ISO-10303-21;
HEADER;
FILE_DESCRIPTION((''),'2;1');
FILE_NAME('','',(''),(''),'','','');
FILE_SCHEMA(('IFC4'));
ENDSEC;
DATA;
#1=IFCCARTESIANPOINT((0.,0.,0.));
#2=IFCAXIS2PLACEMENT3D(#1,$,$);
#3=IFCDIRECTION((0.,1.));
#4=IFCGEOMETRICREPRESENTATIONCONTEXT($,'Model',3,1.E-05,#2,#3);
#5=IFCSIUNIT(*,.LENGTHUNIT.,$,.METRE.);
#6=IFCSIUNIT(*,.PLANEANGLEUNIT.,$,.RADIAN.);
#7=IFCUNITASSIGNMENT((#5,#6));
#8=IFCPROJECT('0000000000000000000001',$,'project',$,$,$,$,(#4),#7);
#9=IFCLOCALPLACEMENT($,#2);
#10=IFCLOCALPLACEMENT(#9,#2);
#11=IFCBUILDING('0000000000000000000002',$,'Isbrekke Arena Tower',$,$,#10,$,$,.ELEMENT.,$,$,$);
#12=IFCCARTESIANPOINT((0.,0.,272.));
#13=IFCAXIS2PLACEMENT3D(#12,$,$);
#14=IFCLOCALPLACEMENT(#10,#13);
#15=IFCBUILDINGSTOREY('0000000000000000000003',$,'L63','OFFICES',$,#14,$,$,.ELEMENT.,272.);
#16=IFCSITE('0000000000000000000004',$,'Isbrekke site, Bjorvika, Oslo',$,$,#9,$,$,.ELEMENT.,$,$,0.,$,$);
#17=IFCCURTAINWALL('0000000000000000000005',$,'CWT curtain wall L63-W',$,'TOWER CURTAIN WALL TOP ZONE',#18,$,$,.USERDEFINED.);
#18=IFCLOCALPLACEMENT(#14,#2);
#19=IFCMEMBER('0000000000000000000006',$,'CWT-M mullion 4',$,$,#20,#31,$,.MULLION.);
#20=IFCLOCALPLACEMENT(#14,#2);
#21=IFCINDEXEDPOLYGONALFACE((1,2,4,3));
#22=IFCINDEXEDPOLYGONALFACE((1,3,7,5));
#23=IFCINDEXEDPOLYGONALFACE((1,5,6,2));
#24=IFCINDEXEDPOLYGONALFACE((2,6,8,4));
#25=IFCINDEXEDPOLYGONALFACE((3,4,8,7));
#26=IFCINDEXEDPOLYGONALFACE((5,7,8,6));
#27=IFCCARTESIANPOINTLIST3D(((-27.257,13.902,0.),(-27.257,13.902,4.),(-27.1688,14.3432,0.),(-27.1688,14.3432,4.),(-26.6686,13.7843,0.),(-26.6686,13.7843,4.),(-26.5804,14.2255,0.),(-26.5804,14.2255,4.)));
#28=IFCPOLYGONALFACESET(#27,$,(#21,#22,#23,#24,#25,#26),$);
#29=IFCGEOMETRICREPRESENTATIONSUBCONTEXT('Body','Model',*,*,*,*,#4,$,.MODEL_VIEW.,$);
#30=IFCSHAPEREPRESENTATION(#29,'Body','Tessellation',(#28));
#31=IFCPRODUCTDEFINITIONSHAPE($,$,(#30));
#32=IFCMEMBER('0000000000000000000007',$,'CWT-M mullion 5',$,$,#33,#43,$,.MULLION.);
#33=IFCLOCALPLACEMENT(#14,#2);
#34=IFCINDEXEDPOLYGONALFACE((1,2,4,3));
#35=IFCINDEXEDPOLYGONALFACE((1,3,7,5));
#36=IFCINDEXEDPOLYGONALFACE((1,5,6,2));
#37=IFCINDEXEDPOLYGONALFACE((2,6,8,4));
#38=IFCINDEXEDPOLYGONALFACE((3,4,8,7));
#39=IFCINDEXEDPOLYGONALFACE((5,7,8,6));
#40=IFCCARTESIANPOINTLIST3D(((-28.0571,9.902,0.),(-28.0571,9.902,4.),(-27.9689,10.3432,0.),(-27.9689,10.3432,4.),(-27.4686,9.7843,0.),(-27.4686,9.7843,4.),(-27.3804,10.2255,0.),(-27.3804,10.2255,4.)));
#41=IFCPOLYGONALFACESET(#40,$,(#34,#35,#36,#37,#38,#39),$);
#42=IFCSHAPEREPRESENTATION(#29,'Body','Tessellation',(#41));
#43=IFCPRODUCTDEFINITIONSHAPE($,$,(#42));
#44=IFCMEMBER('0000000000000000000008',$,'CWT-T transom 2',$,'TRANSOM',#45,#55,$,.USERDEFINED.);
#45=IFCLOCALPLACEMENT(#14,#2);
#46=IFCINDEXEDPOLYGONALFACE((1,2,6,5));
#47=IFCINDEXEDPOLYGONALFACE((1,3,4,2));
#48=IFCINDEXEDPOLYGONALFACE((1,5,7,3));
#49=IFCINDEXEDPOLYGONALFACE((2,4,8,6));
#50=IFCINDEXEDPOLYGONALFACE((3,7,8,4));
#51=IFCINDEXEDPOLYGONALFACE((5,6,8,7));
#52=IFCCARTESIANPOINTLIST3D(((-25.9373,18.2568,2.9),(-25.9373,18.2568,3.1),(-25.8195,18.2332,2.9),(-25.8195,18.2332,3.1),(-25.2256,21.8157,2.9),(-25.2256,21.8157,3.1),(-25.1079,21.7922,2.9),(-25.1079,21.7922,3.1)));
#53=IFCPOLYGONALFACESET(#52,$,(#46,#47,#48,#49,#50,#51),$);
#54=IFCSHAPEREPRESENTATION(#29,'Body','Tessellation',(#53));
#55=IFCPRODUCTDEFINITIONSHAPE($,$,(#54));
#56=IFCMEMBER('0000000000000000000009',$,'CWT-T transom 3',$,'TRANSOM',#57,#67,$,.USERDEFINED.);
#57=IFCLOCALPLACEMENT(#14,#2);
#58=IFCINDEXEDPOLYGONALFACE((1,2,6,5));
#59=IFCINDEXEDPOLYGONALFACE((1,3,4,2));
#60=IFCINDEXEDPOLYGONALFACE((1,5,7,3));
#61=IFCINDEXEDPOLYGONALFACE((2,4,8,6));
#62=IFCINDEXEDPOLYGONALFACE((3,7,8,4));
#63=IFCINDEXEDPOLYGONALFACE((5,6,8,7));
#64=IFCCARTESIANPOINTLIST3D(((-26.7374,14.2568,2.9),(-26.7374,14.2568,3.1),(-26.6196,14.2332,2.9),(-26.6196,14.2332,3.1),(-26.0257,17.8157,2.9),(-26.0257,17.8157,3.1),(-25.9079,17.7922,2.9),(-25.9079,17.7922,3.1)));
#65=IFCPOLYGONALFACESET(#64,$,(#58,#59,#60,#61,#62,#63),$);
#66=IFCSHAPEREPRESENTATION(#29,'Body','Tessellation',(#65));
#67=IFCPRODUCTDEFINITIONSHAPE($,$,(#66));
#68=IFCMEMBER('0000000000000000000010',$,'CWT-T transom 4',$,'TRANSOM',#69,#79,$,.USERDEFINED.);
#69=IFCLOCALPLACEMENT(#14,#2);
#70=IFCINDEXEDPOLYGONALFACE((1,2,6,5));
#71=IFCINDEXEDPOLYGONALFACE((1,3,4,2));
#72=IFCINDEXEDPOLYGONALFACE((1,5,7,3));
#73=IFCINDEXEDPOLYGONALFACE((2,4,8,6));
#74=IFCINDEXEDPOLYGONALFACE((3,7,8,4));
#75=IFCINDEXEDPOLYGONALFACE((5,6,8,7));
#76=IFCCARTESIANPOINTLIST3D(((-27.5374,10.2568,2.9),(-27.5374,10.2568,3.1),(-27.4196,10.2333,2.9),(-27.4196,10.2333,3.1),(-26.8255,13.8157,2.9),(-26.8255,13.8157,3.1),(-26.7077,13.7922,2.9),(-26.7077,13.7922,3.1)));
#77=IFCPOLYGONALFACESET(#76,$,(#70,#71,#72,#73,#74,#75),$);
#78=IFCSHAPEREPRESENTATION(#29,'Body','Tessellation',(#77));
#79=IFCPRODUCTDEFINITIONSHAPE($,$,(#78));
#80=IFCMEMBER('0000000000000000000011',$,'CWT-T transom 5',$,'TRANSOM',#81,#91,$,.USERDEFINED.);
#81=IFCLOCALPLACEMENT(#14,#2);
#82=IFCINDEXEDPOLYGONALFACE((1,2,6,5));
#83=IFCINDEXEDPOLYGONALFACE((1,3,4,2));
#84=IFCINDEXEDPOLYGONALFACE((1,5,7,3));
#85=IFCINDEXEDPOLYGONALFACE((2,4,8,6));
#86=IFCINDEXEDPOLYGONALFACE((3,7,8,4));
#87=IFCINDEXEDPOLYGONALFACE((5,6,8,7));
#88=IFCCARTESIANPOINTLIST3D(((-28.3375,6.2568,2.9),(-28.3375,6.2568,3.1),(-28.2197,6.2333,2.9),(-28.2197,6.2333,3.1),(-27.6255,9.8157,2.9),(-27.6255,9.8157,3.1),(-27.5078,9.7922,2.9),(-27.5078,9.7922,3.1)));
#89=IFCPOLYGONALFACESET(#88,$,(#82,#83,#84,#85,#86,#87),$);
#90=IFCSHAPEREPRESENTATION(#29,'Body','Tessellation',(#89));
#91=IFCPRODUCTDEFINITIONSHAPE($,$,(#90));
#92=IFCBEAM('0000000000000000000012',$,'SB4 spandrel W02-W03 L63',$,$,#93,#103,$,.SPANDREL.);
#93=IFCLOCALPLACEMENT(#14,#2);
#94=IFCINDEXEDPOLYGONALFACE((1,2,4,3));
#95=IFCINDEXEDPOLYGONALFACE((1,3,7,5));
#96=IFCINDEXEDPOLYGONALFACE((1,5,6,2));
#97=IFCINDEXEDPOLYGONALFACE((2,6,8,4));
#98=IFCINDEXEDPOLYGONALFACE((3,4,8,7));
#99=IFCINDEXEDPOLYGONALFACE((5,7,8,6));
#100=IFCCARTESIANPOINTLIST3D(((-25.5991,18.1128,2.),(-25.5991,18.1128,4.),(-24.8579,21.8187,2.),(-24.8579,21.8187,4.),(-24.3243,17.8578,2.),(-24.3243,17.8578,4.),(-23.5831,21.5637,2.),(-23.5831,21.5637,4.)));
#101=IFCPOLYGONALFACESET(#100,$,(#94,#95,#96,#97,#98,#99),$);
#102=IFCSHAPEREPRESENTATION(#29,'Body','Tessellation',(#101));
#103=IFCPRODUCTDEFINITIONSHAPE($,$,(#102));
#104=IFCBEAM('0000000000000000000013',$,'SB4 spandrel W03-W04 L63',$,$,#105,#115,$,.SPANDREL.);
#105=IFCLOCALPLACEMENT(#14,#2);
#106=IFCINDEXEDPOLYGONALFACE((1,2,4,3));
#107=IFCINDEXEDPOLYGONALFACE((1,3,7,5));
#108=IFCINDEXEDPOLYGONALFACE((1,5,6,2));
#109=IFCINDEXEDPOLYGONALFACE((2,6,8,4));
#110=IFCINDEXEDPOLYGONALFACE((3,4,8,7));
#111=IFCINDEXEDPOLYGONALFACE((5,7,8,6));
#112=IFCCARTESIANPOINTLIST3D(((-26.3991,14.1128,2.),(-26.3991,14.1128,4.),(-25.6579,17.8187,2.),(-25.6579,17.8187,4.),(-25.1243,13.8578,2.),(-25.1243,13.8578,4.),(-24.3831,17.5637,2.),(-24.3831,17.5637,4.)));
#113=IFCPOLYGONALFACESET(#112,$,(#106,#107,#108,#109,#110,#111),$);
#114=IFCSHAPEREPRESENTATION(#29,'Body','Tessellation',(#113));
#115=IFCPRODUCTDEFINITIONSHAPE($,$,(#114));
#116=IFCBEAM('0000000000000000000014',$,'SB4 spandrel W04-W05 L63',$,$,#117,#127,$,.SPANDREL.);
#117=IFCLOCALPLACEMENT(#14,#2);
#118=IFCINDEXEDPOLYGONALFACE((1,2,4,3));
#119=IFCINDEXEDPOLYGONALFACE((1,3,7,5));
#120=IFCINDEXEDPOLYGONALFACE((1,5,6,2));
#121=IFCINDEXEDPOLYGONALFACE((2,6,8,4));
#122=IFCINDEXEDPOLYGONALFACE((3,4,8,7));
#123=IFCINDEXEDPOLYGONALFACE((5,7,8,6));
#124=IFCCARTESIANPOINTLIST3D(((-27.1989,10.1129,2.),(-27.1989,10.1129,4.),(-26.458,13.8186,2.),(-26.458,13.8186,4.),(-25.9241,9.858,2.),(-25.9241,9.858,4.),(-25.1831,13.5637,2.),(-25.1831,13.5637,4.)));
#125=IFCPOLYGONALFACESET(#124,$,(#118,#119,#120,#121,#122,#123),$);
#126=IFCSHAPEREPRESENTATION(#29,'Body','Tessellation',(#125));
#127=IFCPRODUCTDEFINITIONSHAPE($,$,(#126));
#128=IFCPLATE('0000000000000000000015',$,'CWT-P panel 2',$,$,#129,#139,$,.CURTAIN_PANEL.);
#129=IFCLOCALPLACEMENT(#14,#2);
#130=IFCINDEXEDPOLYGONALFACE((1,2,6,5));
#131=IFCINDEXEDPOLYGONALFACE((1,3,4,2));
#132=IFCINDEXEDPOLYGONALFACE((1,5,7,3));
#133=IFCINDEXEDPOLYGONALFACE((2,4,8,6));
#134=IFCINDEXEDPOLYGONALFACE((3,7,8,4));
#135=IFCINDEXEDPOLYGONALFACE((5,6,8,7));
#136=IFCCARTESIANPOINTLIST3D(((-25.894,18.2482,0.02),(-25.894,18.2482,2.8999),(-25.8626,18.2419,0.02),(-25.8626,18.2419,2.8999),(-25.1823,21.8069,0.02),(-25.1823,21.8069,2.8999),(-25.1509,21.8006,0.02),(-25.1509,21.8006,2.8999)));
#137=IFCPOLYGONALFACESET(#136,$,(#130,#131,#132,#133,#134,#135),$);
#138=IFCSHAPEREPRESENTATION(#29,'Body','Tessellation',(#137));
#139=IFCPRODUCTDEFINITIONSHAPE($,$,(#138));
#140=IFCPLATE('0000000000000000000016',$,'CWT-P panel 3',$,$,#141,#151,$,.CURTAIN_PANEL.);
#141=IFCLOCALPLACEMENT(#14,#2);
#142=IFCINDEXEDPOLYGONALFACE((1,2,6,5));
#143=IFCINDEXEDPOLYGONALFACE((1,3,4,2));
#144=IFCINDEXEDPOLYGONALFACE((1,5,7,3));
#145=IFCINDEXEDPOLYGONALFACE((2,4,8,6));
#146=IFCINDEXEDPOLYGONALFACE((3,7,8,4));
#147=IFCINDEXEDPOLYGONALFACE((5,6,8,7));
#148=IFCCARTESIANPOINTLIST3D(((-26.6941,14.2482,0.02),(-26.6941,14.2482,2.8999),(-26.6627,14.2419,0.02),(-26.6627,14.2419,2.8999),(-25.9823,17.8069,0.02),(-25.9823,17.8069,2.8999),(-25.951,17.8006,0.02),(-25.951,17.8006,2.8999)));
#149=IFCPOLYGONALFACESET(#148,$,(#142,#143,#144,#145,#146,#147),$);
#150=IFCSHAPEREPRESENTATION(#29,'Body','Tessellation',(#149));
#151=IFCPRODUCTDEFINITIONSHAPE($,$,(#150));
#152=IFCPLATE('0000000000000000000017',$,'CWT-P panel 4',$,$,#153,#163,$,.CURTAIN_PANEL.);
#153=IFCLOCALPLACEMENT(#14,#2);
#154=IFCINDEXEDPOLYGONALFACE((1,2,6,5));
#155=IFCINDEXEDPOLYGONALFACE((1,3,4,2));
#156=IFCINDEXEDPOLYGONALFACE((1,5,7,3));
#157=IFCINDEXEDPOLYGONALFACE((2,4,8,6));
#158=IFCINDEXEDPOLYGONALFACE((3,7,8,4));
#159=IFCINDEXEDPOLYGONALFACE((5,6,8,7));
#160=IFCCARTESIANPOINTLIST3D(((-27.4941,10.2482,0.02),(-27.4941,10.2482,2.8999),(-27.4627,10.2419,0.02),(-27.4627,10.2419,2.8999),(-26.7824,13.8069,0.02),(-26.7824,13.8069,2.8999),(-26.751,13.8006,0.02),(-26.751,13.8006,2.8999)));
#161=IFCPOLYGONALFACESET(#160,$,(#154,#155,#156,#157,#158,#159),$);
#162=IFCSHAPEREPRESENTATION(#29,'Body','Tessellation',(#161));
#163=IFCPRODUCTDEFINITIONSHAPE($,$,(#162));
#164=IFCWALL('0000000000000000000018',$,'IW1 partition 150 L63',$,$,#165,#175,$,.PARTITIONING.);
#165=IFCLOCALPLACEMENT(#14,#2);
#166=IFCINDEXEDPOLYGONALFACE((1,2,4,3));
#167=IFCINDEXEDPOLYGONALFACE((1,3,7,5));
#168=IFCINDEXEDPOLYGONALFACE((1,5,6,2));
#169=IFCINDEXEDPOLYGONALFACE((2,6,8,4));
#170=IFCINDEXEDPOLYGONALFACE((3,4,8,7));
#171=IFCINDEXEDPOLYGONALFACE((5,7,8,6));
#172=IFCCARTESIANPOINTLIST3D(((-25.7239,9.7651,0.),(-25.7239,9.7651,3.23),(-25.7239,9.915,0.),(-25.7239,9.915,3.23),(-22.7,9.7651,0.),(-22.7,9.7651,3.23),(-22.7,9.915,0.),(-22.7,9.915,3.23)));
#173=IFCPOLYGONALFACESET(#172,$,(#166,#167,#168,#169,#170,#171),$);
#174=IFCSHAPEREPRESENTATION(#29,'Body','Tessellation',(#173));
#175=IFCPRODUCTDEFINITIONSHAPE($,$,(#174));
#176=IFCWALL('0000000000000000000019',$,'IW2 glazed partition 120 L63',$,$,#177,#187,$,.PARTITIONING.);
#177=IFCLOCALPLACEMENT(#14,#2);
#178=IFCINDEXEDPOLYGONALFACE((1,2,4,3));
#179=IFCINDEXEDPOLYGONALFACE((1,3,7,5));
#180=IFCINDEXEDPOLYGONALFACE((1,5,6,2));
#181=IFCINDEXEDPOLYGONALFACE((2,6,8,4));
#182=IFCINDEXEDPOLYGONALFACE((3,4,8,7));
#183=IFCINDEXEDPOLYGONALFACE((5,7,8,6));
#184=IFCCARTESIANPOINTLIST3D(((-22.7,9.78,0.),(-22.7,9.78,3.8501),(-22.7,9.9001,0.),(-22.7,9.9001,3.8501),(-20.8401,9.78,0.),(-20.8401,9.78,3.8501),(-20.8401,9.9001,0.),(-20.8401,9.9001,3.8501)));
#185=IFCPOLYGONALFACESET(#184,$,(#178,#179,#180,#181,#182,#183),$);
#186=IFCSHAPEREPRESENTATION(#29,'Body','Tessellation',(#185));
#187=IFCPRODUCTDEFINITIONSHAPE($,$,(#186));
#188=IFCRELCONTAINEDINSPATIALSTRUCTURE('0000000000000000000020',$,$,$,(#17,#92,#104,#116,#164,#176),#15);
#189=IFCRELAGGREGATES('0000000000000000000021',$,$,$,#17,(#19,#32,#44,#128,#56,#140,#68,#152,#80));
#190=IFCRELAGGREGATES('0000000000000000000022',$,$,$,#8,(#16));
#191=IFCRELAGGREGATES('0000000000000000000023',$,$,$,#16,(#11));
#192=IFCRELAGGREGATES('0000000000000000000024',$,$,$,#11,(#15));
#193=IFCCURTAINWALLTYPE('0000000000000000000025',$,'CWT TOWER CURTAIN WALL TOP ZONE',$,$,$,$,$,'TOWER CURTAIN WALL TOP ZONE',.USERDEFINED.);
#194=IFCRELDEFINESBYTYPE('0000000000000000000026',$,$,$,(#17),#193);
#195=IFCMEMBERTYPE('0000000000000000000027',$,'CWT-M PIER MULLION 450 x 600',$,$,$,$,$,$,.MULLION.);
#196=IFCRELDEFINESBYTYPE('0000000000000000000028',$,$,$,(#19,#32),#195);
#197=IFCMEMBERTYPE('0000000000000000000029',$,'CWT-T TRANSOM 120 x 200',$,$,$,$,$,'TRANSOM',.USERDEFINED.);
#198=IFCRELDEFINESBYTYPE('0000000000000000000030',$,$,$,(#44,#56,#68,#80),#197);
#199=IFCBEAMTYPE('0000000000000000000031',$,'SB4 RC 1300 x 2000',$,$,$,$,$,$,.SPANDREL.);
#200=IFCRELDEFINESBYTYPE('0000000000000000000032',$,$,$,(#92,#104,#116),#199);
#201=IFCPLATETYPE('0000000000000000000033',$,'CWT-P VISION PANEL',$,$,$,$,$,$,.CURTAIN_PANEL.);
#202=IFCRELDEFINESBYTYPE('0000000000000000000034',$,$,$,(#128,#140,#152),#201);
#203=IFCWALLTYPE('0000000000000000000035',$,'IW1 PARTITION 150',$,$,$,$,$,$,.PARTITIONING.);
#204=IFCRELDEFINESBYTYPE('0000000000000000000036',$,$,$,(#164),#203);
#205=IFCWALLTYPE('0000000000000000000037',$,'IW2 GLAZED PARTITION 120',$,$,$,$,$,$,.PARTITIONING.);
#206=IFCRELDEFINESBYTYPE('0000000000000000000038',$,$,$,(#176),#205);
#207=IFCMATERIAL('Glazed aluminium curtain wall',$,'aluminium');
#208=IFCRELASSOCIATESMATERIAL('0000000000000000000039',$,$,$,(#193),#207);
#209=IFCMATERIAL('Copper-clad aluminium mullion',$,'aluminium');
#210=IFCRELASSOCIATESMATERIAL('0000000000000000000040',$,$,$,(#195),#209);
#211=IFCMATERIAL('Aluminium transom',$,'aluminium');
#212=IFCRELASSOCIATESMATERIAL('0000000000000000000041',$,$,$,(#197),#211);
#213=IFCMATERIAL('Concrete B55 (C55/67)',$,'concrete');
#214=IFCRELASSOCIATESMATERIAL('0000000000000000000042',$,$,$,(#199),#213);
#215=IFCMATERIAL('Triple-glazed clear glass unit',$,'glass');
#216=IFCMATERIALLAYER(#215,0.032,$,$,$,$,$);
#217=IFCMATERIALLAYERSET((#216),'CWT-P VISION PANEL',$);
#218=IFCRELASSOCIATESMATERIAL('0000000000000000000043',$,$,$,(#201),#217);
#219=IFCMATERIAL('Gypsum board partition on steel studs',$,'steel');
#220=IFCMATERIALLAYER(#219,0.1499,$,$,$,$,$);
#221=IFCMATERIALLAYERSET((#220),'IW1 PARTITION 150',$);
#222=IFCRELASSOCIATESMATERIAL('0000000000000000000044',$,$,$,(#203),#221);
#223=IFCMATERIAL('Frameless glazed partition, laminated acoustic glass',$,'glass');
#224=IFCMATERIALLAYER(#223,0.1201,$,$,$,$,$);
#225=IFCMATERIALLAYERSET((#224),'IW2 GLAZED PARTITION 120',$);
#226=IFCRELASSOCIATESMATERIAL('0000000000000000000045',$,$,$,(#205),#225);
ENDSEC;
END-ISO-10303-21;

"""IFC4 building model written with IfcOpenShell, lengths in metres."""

from ifc_helpers import new_model, si_unit, direction, frame, frame_2d, origin, origin_2d, place, context, subcontext, project, spatial, rectangle, extrude, material, layer, layer_set, material_profile, profile_set, type_object, element, aggregate, save


model = new_model("IFC4")

# Units and contexts
model_context = context("Model", 3, precision=1e-05, world=origin(), true_north=direction((0.0, 1.0)))
body_context = subcontext(model_context, "Body", "Model", "MODEL_VIEW")
ifc_project = project(units=[si_unit("LENGTHUNIT", "METRE"), si_unit("PLANEANGLEUNIT", "RADIAN")], contexts=[model_context])

# Site, building, storey
site_placement = place(None, origin())
site = spatial("IfcSite", under=ifc_project, at=site_placement, Name="Isbrekke site, Bjorvika, Oslo", CompositionType="ELEMENT", RefElevation=0.0)
building_placement = place(site_placement, origin())
building = spatial("IfcBuilding", under=site, at=building_placement, Name="Isbrekke Arena Tower", CompositionType="ELEMENT")
storey_placement = place(building_placement, frame((0.0, 0.0, 272.0)))
storey = spatial("IfcBuildingStorey", under=building, at=storey_placement, Name="L63", Description="OFFICES", CompositionType="ELEMENT", Elevation=272.0)

# Curtain wall, members
ifc_material_1 = material(Name="Glazed aluminium curtain wall", Category="aluminium")
curtain_wall_type = type_object("IfcCurtainWallType", Name="CWT TOWER CURTAIN WALL TOP ZONE", ElementType="TOWER CURTAIN WALL TOP ZONE", PredefinedType="USERDEFINED", material=ifc_material_1)
curtain_wall_placement = place(storey_placement, origin())
curtain_wall = element("IfcCurtainWall", 1, at=curtain_wall_placement, inside=storey, type_object=curtain_wall_type, Name="CWT curtain wall L63-W", ObjectType="TOWER CURTAIN WALL TOP ZONE", PredefinedType="USERDEFINED")
ifc_material_2 = material(Name="Copper-clad aluminium mullion", Category="aluminium")
ifc_material_profile_1 = material_profile(ifc_material_2, rectangle(XDim=0.45, YDim=0.6001, at=origin_2d()), Name="PIER 450X600")
ifc_profile_set_1 = profile_set([ifc_material_profile_1], Name="Copper-clad aluminium mullion")
member_type_1 = type_object("IfcMemberType", Name="CWT-M PIER MULLION 450 x 600", PredefinedType="MULLION", material=ifc_profile_set_1)
member_1_placement = place(storey_placement, frame((-26.9187, 14.0637, 0.0), z_axis=(0.0, 0.0, 1.0), x_axis=(-0.196116, -0.980581, 0.0)))
member_1 = element("IfcMember", 2, at=member_1_placement, type_object=member_type_1, Name="CWT-M mullion 4", PredefinedType="MULLION", context=body_context, shape_type="SweptSolid", body=[
    extrude(rectangle(XDim=0.45, YDim=0.6001, at=origin_2d()), origin(), (0.0, 0.0, 1.0), 4.0),
])
member_2_placement = place(storey_placement, frame((-27.7188, 10.0637, 0.0), z_axis=(0.0, 0.0, 1.0), x_axis=(-0.196116, -0.980581, 0.0)))
member_2 = element("IfcMember", 3, at=member_2_placement, type_object=member_type_1, Name="CWT-M mullion 5", PredefinedType="MULLION", context=body_context, shape_type="SweptSolid", body=[
    extrude(rectangle(XDim=0.45, YDim=0.6001, at=origin_2d()), origin(), (0.0, 0.0, 1.0), 4.0),
])
ifc_material_3 = material(Name="Aluminium transom", Category="aluminium")
ifc_material_profile_2 = material_profile(ifc_material_3, rectangle(XDim=0.1201, YDim=0.2, at=origin_2d()), Name="TRANSOM 120X200")
ifc_profile_set_2 = profile_set([ifc_material_profile_2], Name="Aluminium transom")
member_type_2 = type_object("IfcMemberType", Name="CWT-T TRANSOM 120 x 200", ElementType="TRANSOM", PredefinedType="USERDEFINED", material=ifc_profile_set_2)
member_3_placement = place(storey_placement, frame((-25.1667, 21.804, 3.0), z_axis=(-0.19609, -0.980586, 0.0), x_axis=(0.980586, -0.19609, 0.0)))
member_3 = element("IfcMember", 4, at=member_3_placement, type_object=member_type_2, Name="CWT-T transom 2", ObjectType="TRANSOM", PredefinedType="USERDEFINED", context=body_context, shape_type="SweptSolid", body=[
    extrude(rectangle(XDim=0.1201, YDim=0.2, at=origin_2d()), origin(), (0.0, 0.0, 1.0), 3.6294),
])
member_4_placement = place(storey_placement, frame((-25.9668, 17.804, 3.0), z_axis=(-0.19609, -0.980586, 0.0), x_axis=(0.980586, -0.19609, 0.0)))
member_4 = element("IfcMember", 5, at=member_4_placement, type_object=member_type_2, Name="CWT-T transom 3", ObjectType="TRANSOM", PredefinedType="USERDEFINED", context=body_context, shape_type="SweptSolid", body=[
    extrude(rectangle(XDim=0.1201, YDim=0.2, at=origin_2d()), origin(), (0.0, 0.0, 1.0), 3.6294),
])
member_5_placement = place(storey_placement, frame((-26.7666, 13.804, 3.0), z_axis=(-0.196155, -0.980573, 0.0), x_axis=(0.980573, -0.196155, 0.0)))
member_5 = element("IfcMember", 6, at=member_5_placement, type_object=member_type_2, Name="CWT-T transom 4", ObjectType="TRANSOM", PredefinedType="USERDEFINED", context=body_context, shape_type="SweptSolid", body=[
    extrude(rectangle(XDim=0.1201, YDim=0.2, at=origin_2d()), origin(), (0.0, 0.0, 1.0), 3.6294),
])
member_6_placement = place(storey_placement, frame((-27.5667, 9.804, 3.0), z_axis=(-0.196155, -0.980573, 0.0), x_axis=(0.980573, -0.196155, 0.0)))
member_6 = element("IfcMember", 7, at=member_6_placement, type_object=member_type_2, Name="CWT-T transom 5", ObjectType="TRANSOM", PredefinedType="USERDEFINED", context=body_context, shape_type="SweptSolid", body=[
    extrude(rectangle(XDim=0.1201, YDim=0.2, at=origin_2d()), origin(), (0.0, 0.0, 1.0), 3.6294),
])

# Beams
ifc_material_4 = material(Name="Concrete B55 (C55/67)", Category="concrete")
ifc_material_profile_3 = material_profile(ifc_material_4, rectangle(XDim=1.3, YDim=2.0, at=origin_2d()), Name="RC 1300x2000")
ifc_profile_set_3 = profile_set([ifc_material_profile_3], Name="Concrete B55 (C55/67)")
beam_type_1 = type_object("IfcBeamType", Name="SB4 RC 1300 x 2000", PredefinedType="SPANDREL", material=ifc_profile_set_3)
for number, where, z_axis, x_axis, name in (
    (8, (-24.2205, 21.6912, 3.0), (-0.196129, -0.980578, 0.0), (0.980578, -0.196129, 0.0), "SB4 spandrel W02-W03 L63"),
    (9, (-25.0205, 17.6912, 3.0), (-0.196129, -0.980578, 0.0), (0.980578, -0.196129, 0.0), "SB4 spandrel W03-W04 L63"),
):
    element("IfcBeam", number, at=place(storey_placement, frame(where, z_axis=z_axis, x_axis=x_axis)), inside=storey, type_object=beam_type_1, Name=name, PredefinedType="SPANDREL", context=body_context, shape_type="SweptSolid", body=[
        extrude(rectangle(XDim=1.3, YDim=2.0, at=origin_2d()), origin(), (0.0, 0.0, 1.0), 3.7793),
    ])
beam_1_placement = place(storey_placement, frame((-25.8206, 13.6912, 3.0), z_axis=(-0.196066, -0.980591, 0.0), x_axis=(0.980591, -0.196066, 0.0)))
element("IfcBeam", 10, at=beam_1_placement, inside=storey, type_object=beam_type_1, Name="SB4 spandrel W04-W05 L63", PredefinedType="SPANDREL", context=body_context, shape_type="SweptSolid", body=[
    extrude(rectangle(XDim=1.3, YDim=2.0, at=origin_2d()), origin(), (0.0, 0.0, 1.0), 3.7791),
])

# Plates
ifc_material_5 = material(Name="Triple-glazed clear glass unit", Category="glass")
ifc_layer_1 = layer(ifc_material_5, 0.032)
ifc_layer_set_1 = layer_set([ifc_layer_1], Name="CWT-P VISION PANEL")
plate_type = type_object("IfcPlateType", Name="CWT-P VISION PANEL", PredefinedType="CURTAIN_PANEL", material=ifc_layer_set_1)
plate_1_placement = place(storey_placement, frame((-25.5225, 20.0244, 0.02), z_axis=(0.0, 0.0, 1.0), x_axis=(-0.196116, -0.980581, 0.0)))
plate_1 = element("IfcPlate", 11, at=plate_1_placement, type_object=plate_type, Name="CWT-P panel 2", PredefinedType="CURTAIN_PANEL", context=body_context, shape_type="SweptSolid", body=[
    extrude(rectangle(XDim=3.6292, YDim=0.032, at=origin_2d()), origin(), (0.0, 0.0, 1.0), 2.8799),
])
plate_2_placement = place(storey_placement, frame((-26.3225, 16.0244, 0.02), z_axis=(0.0, 0.0, 1.0), x_axis=(-0.196116, -0.980581, 0.0)))
plate_2 = element("IfcPlate", 12, at=plate_2_placement, type_object=plate_type, Name="CWT-P panel 3", PredefinedType="CURTAIN_PANEL", context=body_context, shape_type="SweptSolid", body=[
    extrude(rectangle(XDim=3.6292, YDim=0.032, at=origin_2d()), origin(), (0.0, 0.0, 1.0), 2.8799),
])
plate_3_placement = place(storey_placement, frame((-27.1226, 12.0244, 0.02), z_axis=(0.0, 0.0, 1.0), x_axis=(-0.196116, -0.980581, 0.0)))
plate_3 = element("IfcPlate", 13, at=plate_3_placement, type_object=plate_type, Name="CWT-P panel 4", PredefinedType="CURTAIN_PANEL", context=body_context, shape_type="SweptSolid", body=[
    extrude(rectangle(XDim=3.6292, YDim=0.032, at=origin_2d()), origin(), (0.0, 0.0, 1.0), 2.8799),
])
aggregate(curtain_wall, [member_1, member_2, member_3, plate_1, member_4, plate_2, member_5, plate_3, member_6])

# Walls
ifc_material_6 = material(Name="Gypsum board partition on steel studs", Category="steel")
ifc_layer_2 = layer(ifc_material_6, 0.1499)
ifc_layer_set_2 = layer_set([ifc_layer_2], Name="IW1 PARTITION 150")
wall_type_1 = type_object("IfcWallType", Name="IW1 PARTITION 150", PredefinedType="PARTITIONING", material=ifc_layer_set_2)
wall_1_placement = place(storey_placement, frame((-25.7239, 9.8401, 0.0), z_axis=(0.0, 0.0, 1.0), x_axis=(1.0, 0.0, 0.0)))
element("IfcWall", 14, at=wall_1_placement, inside=storey, type_object=wall_type_1, Name="IW1 partition 150 L63", PredefinedType="PARTITIONING", context=body_context, shape_type="SweptSolid", body=[
    extrude(rectangle(XDim=3.0239, YDim=0.1499, at=frame_2d((1.512, 0.0))), origin(), (0.0, 0.0, 1.0), 3.23),
])
ifc_material_7 = material(Name="Frameless glazed partition, laminated acoustic glass", Category="glass")
ifc_layer_3 = layer(ifc_material_7, 0.1201)
ifc_layer_set_3 = layer_set([ifc_layer_3], Name="IW2 GLAZED PARTITION 120")
wall_type_2 = type_object("IfcWallType", Name="IW2 GLAZED PARTITION 120", PredefinedType="PARTITIONING", material=ifc_layer_set_3)
wall_2_placement = place(storey_placement, frame((-22.7, 9.8401, 0.0), z_axis=(0.0, 0.0, 1.0), x_axis=(1.0, 0.0, 0.0)))
element("IfcWall", 15, at=wall_2_placement, inside=storey, type_object=wall_type_2, Name="IW2 glazed partition 120 L63", PredefinedType="PARTITIONING", context=body_context, shape_type="SweptSolid", body=[
    extrude(rectangle(XDim=1.8599, YDim=0.1201, at=frame_2d((0.9299, 0.0))), origin(), (0.0, 0.0, 1.0), 3.8501),
])

save(model, "model.ifc")
